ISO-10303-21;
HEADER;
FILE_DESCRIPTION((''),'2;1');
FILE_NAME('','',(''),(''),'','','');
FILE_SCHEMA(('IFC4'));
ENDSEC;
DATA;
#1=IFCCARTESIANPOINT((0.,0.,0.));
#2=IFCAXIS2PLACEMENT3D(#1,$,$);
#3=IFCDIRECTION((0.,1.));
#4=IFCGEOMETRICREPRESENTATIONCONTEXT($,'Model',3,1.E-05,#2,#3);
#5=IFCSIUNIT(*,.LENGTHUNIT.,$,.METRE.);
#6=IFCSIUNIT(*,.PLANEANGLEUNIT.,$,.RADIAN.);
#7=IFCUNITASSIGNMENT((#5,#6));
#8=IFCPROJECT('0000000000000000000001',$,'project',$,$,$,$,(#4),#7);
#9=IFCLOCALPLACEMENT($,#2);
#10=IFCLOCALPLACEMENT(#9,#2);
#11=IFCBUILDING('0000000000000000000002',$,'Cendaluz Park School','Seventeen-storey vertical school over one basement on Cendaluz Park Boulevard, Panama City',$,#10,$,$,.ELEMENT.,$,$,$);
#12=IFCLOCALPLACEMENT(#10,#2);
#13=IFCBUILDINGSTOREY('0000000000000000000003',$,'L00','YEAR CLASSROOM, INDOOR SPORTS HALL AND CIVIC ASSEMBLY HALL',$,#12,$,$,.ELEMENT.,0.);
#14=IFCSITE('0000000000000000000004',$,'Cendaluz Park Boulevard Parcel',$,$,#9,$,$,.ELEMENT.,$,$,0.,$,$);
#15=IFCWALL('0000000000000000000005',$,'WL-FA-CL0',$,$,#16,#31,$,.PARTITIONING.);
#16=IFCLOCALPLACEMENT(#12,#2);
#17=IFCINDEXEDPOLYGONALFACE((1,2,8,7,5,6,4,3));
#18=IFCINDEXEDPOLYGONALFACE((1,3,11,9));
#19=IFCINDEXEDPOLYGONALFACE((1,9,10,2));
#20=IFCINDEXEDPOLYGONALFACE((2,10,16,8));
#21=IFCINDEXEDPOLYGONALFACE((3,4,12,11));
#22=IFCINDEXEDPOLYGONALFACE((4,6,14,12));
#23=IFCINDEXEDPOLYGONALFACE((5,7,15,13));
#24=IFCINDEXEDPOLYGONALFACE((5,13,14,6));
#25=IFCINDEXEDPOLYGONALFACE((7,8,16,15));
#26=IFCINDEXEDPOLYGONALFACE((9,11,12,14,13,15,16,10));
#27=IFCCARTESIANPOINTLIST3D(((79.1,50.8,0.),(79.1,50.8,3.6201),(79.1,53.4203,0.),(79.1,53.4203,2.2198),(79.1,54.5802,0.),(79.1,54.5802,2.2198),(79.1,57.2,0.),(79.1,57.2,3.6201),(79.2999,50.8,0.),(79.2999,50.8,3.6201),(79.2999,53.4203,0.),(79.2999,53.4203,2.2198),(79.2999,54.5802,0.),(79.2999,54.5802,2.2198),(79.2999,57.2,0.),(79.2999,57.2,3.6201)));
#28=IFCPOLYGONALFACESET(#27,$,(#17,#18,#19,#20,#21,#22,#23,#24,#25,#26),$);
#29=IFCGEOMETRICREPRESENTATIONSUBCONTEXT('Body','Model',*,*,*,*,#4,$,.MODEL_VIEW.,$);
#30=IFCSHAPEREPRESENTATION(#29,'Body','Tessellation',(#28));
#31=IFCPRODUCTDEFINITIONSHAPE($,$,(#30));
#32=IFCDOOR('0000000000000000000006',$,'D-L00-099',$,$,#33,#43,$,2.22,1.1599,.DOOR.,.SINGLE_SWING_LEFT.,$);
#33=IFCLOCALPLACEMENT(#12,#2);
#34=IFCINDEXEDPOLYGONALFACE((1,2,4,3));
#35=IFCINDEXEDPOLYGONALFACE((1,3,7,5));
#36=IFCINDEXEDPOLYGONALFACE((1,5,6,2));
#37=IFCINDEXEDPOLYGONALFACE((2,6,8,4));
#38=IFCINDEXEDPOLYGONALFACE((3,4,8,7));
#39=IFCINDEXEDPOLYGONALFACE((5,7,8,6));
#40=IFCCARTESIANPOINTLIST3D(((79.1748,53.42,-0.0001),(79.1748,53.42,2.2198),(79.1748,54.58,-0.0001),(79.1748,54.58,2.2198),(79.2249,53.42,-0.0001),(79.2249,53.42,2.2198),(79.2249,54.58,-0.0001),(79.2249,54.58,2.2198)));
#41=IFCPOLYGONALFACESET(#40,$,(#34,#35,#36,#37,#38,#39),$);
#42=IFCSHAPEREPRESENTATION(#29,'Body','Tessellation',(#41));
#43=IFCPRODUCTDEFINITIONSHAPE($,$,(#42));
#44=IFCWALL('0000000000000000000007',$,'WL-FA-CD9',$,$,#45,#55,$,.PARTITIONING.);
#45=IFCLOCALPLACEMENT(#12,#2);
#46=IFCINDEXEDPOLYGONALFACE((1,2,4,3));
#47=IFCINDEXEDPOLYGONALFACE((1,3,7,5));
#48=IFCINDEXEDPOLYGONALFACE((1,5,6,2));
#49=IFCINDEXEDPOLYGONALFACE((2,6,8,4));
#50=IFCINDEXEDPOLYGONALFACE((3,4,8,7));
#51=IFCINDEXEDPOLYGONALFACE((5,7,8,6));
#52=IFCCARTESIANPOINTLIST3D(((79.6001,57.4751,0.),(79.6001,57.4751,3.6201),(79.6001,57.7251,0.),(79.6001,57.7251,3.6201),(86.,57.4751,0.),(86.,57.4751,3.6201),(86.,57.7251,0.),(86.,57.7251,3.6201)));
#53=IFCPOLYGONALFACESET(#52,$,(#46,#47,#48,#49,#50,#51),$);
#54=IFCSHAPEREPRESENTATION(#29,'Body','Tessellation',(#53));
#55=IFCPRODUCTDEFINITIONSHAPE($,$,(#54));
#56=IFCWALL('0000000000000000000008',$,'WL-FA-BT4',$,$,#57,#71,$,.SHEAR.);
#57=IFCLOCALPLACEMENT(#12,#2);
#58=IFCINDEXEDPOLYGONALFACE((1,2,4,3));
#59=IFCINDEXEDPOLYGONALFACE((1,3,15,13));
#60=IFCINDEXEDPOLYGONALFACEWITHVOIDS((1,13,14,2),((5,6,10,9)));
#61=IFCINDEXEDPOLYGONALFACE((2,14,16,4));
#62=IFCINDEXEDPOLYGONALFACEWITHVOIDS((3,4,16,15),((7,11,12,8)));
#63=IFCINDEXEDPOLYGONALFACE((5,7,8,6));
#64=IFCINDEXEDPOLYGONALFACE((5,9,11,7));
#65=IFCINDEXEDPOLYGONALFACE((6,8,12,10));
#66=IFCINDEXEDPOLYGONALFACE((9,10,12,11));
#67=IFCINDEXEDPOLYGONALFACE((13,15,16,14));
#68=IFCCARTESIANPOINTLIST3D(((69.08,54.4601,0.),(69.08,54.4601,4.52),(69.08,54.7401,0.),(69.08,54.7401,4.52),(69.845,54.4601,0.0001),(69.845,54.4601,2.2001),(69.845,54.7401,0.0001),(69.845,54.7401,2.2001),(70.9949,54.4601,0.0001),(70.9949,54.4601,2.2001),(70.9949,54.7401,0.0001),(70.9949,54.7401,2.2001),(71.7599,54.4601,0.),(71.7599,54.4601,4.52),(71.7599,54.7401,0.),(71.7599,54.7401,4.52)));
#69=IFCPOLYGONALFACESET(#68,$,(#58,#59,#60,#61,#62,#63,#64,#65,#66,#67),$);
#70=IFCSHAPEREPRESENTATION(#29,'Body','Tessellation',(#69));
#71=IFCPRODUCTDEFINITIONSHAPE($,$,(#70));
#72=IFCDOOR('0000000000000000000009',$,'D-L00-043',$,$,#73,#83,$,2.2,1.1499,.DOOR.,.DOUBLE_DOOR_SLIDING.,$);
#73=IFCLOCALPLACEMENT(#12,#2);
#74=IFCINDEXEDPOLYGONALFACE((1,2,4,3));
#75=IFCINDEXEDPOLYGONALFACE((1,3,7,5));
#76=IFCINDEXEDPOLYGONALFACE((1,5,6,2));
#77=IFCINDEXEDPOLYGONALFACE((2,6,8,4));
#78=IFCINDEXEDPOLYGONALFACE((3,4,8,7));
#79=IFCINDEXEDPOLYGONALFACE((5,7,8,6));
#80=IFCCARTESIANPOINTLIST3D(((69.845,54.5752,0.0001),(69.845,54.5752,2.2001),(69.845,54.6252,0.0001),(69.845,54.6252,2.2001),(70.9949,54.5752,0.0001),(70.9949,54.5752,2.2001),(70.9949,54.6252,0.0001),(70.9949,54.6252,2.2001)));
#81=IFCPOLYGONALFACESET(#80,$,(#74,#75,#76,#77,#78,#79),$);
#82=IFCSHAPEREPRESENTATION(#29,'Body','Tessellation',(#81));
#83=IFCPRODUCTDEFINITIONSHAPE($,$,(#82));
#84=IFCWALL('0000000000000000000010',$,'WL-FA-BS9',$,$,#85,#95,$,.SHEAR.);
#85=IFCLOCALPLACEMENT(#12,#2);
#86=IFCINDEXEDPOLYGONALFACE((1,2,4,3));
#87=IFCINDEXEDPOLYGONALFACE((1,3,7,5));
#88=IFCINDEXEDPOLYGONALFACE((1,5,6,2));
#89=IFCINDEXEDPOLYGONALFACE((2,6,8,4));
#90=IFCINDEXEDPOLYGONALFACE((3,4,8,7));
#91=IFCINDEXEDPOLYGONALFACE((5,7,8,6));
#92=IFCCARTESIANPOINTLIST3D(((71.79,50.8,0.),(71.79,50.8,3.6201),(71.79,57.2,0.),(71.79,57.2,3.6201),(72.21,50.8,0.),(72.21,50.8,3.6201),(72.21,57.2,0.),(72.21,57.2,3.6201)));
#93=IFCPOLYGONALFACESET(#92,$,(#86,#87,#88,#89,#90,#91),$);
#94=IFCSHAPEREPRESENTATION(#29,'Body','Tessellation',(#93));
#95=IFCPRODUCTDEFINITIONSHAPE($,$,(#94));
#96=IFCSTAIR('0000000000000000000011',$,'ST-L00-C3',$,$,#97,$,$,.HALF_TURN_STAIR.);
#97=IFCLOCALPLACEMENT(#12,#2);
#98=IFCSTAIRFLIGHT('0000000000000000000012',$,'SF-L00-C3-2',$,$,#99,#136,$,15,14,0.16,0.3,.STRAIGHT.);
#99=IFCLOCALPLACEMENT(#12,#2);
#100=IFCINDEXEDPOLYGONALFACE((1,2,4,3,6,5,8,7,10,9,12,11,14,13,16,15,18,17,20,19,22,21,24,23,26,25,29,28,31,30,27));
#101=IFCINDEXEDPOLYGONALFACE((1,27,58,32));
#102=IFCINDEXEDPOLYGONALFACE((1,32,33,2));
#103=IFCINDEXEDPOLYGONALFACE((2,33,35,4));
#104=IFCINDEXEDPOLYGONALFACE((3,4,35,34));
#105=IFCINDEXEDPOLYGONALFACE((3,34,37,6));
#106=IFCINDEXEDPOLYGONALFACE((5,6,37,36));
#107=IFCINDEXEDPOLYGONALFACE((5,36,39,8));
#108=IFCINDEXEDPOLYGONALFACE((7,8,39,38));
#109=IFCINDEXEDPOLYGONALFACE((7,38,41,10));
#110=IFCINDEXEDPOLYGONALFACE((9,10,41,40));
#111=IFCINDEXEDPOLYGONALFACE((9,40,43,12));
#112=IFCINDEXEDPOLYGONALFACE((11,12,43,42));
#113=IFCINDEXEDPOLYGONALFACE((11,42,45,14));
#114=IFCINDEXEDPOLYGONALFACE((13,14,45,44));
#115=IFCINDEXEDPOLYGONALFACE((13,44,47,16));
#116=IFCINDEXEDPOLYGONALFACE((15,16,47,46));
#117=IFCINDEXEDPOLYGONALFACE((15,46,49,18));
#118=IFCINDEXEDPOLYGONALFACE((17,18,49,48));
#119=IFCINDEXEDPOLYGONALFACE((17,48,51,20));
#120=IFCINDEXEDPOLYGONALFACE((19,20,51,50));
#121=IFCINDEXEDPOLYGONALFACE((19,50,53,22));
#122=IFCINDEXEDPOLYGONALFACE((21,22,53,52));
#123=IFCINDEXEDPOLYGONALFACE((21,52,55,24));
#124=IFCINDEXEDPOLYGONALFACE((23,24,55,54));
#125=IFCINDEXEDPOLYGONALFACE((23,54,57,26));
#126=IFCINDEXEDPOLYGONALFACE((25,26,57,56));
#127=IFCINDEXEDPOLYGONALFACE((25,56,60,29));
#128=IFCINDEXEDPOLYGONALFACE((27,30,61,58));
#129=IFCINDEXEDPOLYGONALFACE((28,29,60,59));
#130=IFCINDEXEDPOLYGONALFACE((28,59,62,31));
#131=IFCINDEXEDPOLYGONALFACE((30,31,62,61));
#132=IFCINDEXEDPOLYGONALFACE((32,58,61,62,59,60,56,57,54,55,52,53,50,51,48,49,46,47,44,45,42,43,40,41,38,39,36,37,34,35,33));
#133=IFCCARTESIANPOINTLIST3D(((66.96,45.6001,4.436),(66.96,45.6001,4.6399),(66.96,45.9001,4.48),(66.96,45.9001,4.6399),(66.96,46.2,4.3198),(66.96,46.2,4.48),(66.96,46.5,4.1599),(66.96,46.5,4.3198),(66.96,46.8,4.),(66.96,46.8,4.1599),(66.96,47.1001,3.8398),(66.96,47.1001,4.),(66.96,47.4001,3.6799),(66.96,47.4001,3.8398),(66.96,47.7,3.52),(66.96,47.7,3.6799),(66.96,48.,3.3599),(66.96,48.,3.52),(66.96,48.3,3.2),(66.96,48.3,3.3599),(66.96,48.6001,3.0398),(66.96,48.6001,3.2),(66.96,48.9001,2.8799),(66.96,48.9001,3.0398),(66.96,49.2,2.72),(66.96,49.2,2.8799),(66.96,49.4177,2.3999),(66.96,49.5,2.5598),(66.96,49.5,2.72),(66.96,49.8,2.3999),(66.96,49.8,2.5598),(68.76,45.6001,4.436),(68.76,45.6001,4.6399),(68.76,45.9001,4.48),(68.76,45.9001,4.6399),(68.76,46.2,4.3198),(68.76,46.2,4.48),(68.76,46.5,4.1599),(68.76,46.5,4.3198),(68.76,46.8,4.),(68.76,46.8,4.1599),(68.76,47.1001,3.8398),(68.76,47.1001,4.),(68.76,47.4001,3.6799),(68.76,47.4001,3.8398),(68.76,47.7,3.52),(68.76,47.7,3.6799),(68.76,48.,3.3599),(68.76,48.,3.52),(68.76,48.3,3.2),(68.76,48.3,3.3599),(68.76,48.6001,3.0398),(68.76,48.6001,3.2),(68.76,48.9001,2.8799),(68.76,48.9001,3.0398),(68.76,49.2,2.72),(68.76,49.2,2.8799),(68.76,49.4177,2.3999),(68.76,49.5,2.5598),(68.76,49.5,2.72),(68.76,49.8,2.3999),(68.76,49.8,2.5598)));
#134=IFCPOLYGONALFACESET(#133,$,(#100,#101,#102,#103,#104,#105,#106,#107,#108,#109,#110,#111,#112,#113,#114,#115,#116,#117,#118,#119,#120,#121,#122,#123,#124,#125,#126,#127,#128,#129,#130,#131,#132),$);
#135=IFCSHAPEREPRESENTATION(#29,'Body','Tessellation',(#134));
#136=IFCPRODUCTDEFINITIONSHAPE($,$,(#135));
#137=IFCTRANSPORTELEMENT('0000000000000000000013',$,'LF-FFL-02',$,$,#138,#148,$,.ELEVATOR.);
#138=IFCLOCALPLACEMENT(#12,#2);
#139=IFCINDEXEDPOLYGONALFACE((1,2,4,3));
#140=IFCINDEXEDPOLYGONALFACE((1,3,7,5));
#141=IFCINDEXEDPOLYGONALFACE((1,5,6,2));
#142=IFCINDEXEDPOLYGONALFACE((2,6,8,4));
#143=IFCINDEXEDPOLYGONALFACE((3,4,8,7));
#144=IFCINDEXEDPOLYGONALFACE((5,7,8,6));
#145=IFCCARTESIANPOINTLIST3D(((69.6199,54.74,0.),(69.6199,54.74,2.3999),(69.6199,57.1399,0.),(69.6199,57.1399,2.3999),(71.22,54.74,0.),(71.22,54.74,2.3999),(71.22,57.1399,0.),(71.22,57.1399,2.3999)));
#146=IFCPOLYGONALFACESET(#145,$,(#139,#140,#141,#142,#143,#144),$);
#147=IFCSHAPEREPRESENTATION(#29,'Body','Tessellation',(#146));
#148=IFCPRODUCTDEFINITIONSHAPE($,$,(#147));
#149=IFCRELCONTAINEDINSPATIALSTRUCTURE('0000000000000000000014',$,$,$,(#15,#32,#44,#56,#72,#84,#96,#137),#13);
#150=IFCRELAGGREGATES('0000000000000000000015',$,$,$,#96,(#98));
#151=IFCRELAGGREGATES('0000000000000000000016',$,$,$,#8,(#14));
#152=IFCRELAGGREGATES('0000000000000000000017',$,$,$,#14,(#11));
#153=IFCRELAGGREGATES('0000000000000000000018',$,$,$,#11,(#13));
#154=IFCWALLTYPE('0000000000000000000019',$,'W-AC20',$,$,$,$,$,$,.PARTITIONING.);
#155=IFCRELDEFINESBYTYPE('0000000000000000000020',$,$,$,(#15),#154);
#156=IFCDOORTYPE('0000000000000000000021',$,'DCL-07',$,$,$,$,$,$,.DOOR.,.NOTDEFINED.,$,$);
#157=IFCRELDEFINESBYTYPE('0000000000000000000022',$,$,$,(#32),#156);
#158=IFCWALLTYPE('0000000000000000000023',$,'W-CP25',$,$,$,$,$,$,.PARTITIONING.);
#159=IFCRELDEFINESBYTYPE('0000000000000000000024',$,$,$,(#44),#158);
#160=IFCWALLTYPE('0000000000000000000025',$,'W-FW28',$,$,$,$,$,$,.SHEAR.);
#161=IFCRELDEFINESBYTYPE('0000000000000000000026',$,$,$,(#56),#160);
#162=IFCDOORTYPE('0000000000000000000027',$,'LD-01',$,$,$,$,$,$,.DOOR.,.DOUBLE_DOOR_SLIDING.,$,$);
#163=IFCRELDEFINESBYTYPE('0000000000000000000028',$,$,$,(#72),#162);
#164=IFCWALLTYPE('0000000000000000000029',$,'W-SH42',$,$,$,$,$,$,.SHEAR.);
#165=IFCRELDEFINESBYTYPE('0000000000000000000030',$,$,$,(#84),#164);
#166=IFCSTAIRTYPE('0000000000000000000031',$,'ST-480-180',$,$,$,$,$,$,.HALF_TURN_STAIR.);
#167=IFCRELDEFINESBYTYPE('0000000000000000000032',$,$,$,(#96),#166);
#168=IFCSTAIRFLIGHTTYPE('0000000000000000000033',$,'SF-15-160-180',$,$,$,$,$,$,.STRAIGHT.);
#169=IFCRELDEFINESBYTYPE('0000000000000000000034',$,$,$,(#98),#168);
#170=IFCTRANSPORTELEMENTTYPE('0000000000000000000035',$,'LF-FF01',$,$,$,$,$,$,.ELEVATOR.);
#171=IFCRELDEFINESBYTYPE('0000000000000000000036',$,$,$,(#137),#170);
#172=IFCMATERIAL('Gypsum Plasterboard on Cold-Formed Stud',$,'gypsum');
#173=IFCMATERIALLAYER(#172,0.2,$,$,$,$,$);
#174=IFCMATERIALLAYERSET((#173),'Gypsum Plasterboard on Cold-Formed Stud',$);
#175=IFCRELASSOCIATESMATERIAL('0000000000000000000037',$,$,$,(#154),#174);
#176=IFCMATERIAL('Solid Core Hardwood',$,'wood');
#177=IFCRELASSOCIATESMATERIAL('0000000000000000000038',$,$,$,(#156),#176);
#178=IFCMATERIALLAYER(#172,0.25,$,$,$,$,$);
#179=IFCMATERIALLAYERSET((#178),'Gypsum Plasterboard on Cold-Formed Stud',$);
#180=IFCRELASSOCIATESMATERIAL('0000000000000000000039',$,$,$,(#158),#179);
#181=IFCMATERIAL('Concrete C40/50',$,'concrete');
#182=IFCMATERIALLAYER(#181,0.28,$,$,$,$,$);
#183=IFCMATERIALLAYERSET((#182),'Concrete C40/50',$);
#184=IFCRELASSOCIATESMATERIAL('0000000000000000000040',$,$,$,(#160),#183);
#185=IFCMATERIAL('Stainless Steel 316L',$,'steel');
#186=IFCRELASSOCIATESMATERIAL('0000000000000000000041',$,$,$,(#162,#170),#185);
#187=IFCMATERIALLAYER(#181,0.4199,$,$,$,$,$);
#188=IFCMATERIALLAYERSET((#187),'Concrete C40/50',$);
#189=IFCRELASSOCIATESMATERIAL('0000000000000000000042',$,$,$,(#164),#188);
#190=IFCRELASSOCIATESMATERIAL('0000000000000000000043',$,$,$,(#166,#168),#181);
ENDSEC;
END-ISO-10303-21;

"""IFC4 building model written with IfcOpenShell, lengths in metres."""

from ifc_helpers import new_model, si_unit, direction, frame, frame_2d, origin, origin_2d, place, context, subcontext, project, spatial, polyline, rectangle, outline, extrude, material, layer, layer_set, type_object, element, fill, aggregate, save


model = new_model("IFC4")

# Units and contexts
model_context = context("Model", 3, precision=1e-05, world=origin(), true_north=direction((0.0, 1.0)))
body_context = subcontext(model_context, "Body", "Model", "MODEL_VIEW")
ifc_project = project(units=[si_unit("LENGTHUNIT", "METRE"), si_unit("PLANEANGLEUNIT", "RADIAN")], contexts=[model_context])

# Site, building, storey
site_placement = place(None, origin())
site = spatial("IfcSite", under=ifc_project, at=site_placement, Name="Cendaluz Park Boulevard Parcel", CompositionType="ELEMENT", RefElevation=0.0)
building_placement = place(site_placement, origin())
building = spatial("IfcBuilding", under=site, at=building_placement, Name="Cendaluz Park School", Description="Seventeen-storey vertical school over one basement on Cendaluz Park Boulevard, Panama City", CompositionType="ELEMENT")
storey_placement = place(building_placement, origin())
storey = spatial("IfcBuildingStorey", under=building, at=storey_placement, Name="L00", Description="YEAR CLASSROOM, INDOOR SPORTS HALL AND CIVIC ASSEMBLY HALL", CompositionType="ELEMENT", Elevation=0.0)

# Shared definitions
ifc_material_1 = material(Name="Concrete C40/50", Category="concrete")

# Wall, opening, door
ifc_material_2 = material(Name="Gypsum Plasterboard on Cold-Formed Stud", Category="gypsum")
ifc_layer_1 = layer(ifc_material_2, 0.2)
ifc_layer_set_1 = layer_set([ifc_layer_1], Name="Gypsum Plasterboard on Cold-Formed Stud")
wall_type_1 = type_object("IfcWallType", Name="W-AC20", PredefinedType="PARTITIONING", material=ifc_layer_set_1)
ifc_material_3 = material(Name="Solid Core Hardwood", Category="wood")
wall_1_placement = place(storey_placement, frame((79.2, 50.8, 0.0), z_axis=(0.0, 0.0, 1.0), x_axis=(0.0, 1.0, 0.0)))
wall_1 = element("IfcWall", 1, at=wall_1_placement, inside=storey, type_object=wall_type_1, Name="WL-FA-CL0", PredefinedType="PARTITIONING", context=body_context, shape_type="SweptSolid", body=[
    extrude(rectangle(XDim=6.3999, YDim=0.2, at=frame_2d((3.2, 0.0))), origin(), (0.0, 0.0, 1.0), 3.6201),
])
opening_1_placement = place(wall_1_placement, frame((2.6201, 0.0, 0.0)))
opening_1 = element("IfcOpeningElement", 2, at=opening_1_placement, cuts=wall_1, PredefinedType="OPENING", context=body_context, shape_type="SweptSolid", body=[
    extrude(rectangle(XDim=1.1599, YDim=2.22, at=frame_2d((0.5801, 1.1099))), frame((0.0, 0.1121, 0.0), z_axis=(0.0, -1.0, 0.0), x_axis=(1.0, 0.0, 0.0)), (0.0, 0.0, 1.0), 0.2239),
])
door_type_1 = type_object("IfcDoorType", Name="DCL-07", OperationType="NOTDEFINED", PredefinedType="DOOR", material=ifc_material_3)
door_1_placement = place(opening_1_placement, frame((1.1599, 0.0, 0.0), z_axis=(0.0, 0.0, 1.0), x_axis=(-1.0, 0.0, 0.0)))
door_1 = element("IfcDoor", 3, at=door_1_placement, inside=storey, type_object=door_type_1, Name="D-L00-099", OperationType="SINGLE_SWING_LEFT", OverallHeight=2.22, OverallWidth=1.1599, PredefinedType="DOOR", context=body_context, shape_type="SweptSolid", body=[
    extrude(rectangle(XDim=1.1599, YDim=2.22, at=frame_2d((0.5801, 1.1099))), frame((0.0, 0.0249, 0.0), z_axis=(0.0, -1.0, 0.0), x_axis=(1.0, 0.0, 0.0)), (0.0, 0.0, 1.0), 0.05),
])
fill(opening_1, door_1)

# Wall
ifc_layer_2 = layer(ifc_material_2, 0.25)
ifc_layer_set_2 = layer_set([ifc_layer_2], Name="Gypsum Plasterboard on Cold-Formed Stud")
wall_type_2 = type_object("IfcWallType", Name="W-CP25", PredefinedType="PARTITIONING", material=ifc_layer_set_2)
wall_2_placement = place(storey_placement, frame((79.6001, 57.6001, 0.0), z_axis=(0.0, 0.0, 1.0), x_axis=(1.0, 0.0, 0.0)))
element("IfcWall", 4, at=wall_2_placement, inside=storey, type_object=wall_type_2, Name="WL-FA-CD9", PredefinedType="PARTITIONING", context=body_context, shape_type="SweptSolid", body=[
    extrude(rectangle(XDim=6.3999, YDim=0.25, at=frame_2d((3.2, 0.0))), origin(), (0.0, 0.0, 1.0), 3.6201),
])

# Wall, opening, door
ifc_layer_3 = layer(ifc_material_1, 0.28)
ifc_layer_set_3 = layer_set([ifc_layer_3], Name="Concrete C40/50")
wall_type_3 = type_object("IfcWallType", Name="W-FW28", PredefinedType="SHEAR", material=ifc_layer_set_3)
wall_3_placement = place(storey_placement, frame((69.0801, 54.6001, 0.0), z_axis=(0.0, 0.0, 1.0), x_axis=(1.0, 0.0, 0.0)))
wall_3 = element("IfcWall", 5, at=wall_3_placement, inside=storey, type_object=wall_type_3, Name="WL-FA-BT4", PredefinedType="SHEAR", context=body_context, shape_type="SweptSolid", body=[
    extrude(rectangle(XDim=2.6799, YDim=0.28, at=frame_2d((1.3398, 0.0))), origin(), (0.0, 0.0, 1.0), 4.52),
])
opening_2_placement = place(wall_3_placement, frame((0.7649, 0.0, 0.0)))
opening_2 = element("IfcOpeningElement", 6, at=opening_2_placement, cuts=wall_3, PredefinedType="OPENING", context=body_context, shape_type="SweptSolid", body=[
    extrude(rectangle(XDim=1.1499, YDim=2.2, at=frame_2d((0.575, 1.1001))), frame((0.0, 0.1521, 0.0), z_axis=(0.0, -1.0, 0.0), x_axis=(1.0, 0.0, 0.0)), (0.0, 0.0, 1.0), 0.304),
])
ifc_material_4 = material(Name="Stainless Steel 316L", Category="steel")
door_type_2 = type_object("IfcDoorType", Name="LD-01", OperationType="DOUBLE_DOOR_SLIDING", PredefinedType="DOOR", material=ifc_material_4)
door_2_placement = place(opening_2_placement, frame((1.1499, 0.0, 0.0), z_axis=(0.0, 0.0, 1.0), x_axis=(-1.0, 0.0, 0.0)))
door_2 = element("IfcDoor", 7, at=door_2_placement, inside=storey, type_object=door_type_2, Name="D-L00-043", OperationType="DOUBLE_DOOR_SLIDING", OverallHeight=2.2, OverallWidth=1.1499, PredefinedType="DOOR", context=body_context, shape_type="SweptSolid", body=[
    extrude(rectangle(XDim=1.1499, YDim=2.2, at=frame_2d((0.575, 1.1001))), frame((0.0, 0.0249, 0.0), z_axis=(0.0, -1.0, 0.0), x_axis=(1.0, 0.0, 0.0)), (0.0, 0.0, 1.0), 0.05),
])
fill(opening_2, door_2)

# Wall
ifc_layer_4 = layer(ifc_material_1, 0.4199)
ifc_layer_set_4 = layer_set([ifc_layer_4], Name="Concrete C40/50")
wall_type_4 = type_object("IfcWallType", Name="W-SH42", PredefinedType="SHEAR", material=ifc_layer_set_4)
wall_4_placement = place(storey_placement, frame((72.0, 50.8, 0.0), z_axis=(0.0, 0.0, 1.0), x_axis=(0.0, 1.0, 0.0)))
element("IfcWall", 8, at=wall_4_placement, inside=storey, type_object=wall_type_4, Name="WL-FA-BS9", PredefinedType="SHEAR", context=body_context, shape_type="SweptSolid", body=[
    extrude(rectangle(XDim=6.3999, YDim=0.4199, at=frame_2d((3.2, 0.0))), origin(), (0.0, 0.0, 1.0), 3.6201),
])

# Stair, stair flight
stair_type = type_object("IfcStairType", Name="ST-480-180", PredefinedType="HALF_TURN_STAIR", material=ifc_material_1)
stair_placement = place(storey_placement, origin())
stair = element("IfcStair", 9, at=stair_placement, inside=storey, type_object=stair_type, Name="ST-L00-C3", PredefinedType="HALF_TURN_STAIR")
stair_flight_type = type_object("IfcStairFlightType", Name="SF-15-160-180", PredefinedType="STRAIGHT", material=ifc_material_1)
stair_flight_placement = place(storey_placement, frame((67.8601, 49.8, 2.3999), z_axis=(0.0, 0.0, 1.0), x_axis=(0.0, -1.0, 0.0)))
stair_flight = element("IfcStairFlight", 10, at=stair_flight_placement, type_object=stair_flight_type, Name="SF-L00-C3-2", NumberOfRisers=15, NumberOfTreads=14, PredefinedType="STRAIGHT", RiserHeight=0.16, TreadLength=0.3, context=body_context, shape_type="SweptSolid", body=[
    extrude(outline(polyline([(0.0, 0.0), (0.0, 0.1599), (0.3, 0.1599), (0.3, 0.3201), (0.6001, 0.3201), (0.6001, 0.48), (0.8999, 0.48), (0.8999, 0.6399), (1.2, 0.6399), (1.2, 0.8), (1.5, 0.8), (1.5, 0.96), (1.8, 0.96), (1.8, 1.1201), (2.1001, 1.1201), (2.1001, 1.28), (2.3999, 1.28), (2.3999, 1.4399), (2.7, 1.4399), (2.7, 1.6001), (3.0, 1.6001), (3.0, 1.76), (3.3, 1.76), (3.3, 1.9199), (3.6001, 1.9199), (3.6001, 2.0801), (3.8999, 2.0801), (3.8999, 2.24), (4.2, 2.24), (4.2, 2.3999), (4.2, 2.0361), (0.3823, 0.0), (0.0, 0.0)])), frame((0.0, 0.8999, 0.0), z_axis=(0.0, -1.0, 0.0), x_axis=(1.0, 0.0, 0.0)), (0.0, 0.0, 1.0), 1.8),
])
aggregate(stair, [stair_flight])

# Transport element
transport_element_type = type_object("IfcTransportElementType", Name="LF-FF01", PredefinedType="ELEVATOR", material=ifc_material_4)
transport_element_placement = place(storey_placement, frame((70.4199, 55.9399, 0.0), z_axis=(0.0, 0.0, 1.0), x_axis=(1.0, 0.0, 0.0)))
element("IfcTransportElement", 11, at=transport_element_placement, inside=storey, type_object=transport_element_type, Name="LF-FFL-02", PredefinedType="ELEVATOR", context=body_context, shape_type="SweptSolid", body=[
    extrude(rectangle(XDim=1.6001, YDim=2.3999, at=origin_2d()), origin(), (0.0, 0.0, 1.0), 2.3999),
])

save(model, "model.ifc")
